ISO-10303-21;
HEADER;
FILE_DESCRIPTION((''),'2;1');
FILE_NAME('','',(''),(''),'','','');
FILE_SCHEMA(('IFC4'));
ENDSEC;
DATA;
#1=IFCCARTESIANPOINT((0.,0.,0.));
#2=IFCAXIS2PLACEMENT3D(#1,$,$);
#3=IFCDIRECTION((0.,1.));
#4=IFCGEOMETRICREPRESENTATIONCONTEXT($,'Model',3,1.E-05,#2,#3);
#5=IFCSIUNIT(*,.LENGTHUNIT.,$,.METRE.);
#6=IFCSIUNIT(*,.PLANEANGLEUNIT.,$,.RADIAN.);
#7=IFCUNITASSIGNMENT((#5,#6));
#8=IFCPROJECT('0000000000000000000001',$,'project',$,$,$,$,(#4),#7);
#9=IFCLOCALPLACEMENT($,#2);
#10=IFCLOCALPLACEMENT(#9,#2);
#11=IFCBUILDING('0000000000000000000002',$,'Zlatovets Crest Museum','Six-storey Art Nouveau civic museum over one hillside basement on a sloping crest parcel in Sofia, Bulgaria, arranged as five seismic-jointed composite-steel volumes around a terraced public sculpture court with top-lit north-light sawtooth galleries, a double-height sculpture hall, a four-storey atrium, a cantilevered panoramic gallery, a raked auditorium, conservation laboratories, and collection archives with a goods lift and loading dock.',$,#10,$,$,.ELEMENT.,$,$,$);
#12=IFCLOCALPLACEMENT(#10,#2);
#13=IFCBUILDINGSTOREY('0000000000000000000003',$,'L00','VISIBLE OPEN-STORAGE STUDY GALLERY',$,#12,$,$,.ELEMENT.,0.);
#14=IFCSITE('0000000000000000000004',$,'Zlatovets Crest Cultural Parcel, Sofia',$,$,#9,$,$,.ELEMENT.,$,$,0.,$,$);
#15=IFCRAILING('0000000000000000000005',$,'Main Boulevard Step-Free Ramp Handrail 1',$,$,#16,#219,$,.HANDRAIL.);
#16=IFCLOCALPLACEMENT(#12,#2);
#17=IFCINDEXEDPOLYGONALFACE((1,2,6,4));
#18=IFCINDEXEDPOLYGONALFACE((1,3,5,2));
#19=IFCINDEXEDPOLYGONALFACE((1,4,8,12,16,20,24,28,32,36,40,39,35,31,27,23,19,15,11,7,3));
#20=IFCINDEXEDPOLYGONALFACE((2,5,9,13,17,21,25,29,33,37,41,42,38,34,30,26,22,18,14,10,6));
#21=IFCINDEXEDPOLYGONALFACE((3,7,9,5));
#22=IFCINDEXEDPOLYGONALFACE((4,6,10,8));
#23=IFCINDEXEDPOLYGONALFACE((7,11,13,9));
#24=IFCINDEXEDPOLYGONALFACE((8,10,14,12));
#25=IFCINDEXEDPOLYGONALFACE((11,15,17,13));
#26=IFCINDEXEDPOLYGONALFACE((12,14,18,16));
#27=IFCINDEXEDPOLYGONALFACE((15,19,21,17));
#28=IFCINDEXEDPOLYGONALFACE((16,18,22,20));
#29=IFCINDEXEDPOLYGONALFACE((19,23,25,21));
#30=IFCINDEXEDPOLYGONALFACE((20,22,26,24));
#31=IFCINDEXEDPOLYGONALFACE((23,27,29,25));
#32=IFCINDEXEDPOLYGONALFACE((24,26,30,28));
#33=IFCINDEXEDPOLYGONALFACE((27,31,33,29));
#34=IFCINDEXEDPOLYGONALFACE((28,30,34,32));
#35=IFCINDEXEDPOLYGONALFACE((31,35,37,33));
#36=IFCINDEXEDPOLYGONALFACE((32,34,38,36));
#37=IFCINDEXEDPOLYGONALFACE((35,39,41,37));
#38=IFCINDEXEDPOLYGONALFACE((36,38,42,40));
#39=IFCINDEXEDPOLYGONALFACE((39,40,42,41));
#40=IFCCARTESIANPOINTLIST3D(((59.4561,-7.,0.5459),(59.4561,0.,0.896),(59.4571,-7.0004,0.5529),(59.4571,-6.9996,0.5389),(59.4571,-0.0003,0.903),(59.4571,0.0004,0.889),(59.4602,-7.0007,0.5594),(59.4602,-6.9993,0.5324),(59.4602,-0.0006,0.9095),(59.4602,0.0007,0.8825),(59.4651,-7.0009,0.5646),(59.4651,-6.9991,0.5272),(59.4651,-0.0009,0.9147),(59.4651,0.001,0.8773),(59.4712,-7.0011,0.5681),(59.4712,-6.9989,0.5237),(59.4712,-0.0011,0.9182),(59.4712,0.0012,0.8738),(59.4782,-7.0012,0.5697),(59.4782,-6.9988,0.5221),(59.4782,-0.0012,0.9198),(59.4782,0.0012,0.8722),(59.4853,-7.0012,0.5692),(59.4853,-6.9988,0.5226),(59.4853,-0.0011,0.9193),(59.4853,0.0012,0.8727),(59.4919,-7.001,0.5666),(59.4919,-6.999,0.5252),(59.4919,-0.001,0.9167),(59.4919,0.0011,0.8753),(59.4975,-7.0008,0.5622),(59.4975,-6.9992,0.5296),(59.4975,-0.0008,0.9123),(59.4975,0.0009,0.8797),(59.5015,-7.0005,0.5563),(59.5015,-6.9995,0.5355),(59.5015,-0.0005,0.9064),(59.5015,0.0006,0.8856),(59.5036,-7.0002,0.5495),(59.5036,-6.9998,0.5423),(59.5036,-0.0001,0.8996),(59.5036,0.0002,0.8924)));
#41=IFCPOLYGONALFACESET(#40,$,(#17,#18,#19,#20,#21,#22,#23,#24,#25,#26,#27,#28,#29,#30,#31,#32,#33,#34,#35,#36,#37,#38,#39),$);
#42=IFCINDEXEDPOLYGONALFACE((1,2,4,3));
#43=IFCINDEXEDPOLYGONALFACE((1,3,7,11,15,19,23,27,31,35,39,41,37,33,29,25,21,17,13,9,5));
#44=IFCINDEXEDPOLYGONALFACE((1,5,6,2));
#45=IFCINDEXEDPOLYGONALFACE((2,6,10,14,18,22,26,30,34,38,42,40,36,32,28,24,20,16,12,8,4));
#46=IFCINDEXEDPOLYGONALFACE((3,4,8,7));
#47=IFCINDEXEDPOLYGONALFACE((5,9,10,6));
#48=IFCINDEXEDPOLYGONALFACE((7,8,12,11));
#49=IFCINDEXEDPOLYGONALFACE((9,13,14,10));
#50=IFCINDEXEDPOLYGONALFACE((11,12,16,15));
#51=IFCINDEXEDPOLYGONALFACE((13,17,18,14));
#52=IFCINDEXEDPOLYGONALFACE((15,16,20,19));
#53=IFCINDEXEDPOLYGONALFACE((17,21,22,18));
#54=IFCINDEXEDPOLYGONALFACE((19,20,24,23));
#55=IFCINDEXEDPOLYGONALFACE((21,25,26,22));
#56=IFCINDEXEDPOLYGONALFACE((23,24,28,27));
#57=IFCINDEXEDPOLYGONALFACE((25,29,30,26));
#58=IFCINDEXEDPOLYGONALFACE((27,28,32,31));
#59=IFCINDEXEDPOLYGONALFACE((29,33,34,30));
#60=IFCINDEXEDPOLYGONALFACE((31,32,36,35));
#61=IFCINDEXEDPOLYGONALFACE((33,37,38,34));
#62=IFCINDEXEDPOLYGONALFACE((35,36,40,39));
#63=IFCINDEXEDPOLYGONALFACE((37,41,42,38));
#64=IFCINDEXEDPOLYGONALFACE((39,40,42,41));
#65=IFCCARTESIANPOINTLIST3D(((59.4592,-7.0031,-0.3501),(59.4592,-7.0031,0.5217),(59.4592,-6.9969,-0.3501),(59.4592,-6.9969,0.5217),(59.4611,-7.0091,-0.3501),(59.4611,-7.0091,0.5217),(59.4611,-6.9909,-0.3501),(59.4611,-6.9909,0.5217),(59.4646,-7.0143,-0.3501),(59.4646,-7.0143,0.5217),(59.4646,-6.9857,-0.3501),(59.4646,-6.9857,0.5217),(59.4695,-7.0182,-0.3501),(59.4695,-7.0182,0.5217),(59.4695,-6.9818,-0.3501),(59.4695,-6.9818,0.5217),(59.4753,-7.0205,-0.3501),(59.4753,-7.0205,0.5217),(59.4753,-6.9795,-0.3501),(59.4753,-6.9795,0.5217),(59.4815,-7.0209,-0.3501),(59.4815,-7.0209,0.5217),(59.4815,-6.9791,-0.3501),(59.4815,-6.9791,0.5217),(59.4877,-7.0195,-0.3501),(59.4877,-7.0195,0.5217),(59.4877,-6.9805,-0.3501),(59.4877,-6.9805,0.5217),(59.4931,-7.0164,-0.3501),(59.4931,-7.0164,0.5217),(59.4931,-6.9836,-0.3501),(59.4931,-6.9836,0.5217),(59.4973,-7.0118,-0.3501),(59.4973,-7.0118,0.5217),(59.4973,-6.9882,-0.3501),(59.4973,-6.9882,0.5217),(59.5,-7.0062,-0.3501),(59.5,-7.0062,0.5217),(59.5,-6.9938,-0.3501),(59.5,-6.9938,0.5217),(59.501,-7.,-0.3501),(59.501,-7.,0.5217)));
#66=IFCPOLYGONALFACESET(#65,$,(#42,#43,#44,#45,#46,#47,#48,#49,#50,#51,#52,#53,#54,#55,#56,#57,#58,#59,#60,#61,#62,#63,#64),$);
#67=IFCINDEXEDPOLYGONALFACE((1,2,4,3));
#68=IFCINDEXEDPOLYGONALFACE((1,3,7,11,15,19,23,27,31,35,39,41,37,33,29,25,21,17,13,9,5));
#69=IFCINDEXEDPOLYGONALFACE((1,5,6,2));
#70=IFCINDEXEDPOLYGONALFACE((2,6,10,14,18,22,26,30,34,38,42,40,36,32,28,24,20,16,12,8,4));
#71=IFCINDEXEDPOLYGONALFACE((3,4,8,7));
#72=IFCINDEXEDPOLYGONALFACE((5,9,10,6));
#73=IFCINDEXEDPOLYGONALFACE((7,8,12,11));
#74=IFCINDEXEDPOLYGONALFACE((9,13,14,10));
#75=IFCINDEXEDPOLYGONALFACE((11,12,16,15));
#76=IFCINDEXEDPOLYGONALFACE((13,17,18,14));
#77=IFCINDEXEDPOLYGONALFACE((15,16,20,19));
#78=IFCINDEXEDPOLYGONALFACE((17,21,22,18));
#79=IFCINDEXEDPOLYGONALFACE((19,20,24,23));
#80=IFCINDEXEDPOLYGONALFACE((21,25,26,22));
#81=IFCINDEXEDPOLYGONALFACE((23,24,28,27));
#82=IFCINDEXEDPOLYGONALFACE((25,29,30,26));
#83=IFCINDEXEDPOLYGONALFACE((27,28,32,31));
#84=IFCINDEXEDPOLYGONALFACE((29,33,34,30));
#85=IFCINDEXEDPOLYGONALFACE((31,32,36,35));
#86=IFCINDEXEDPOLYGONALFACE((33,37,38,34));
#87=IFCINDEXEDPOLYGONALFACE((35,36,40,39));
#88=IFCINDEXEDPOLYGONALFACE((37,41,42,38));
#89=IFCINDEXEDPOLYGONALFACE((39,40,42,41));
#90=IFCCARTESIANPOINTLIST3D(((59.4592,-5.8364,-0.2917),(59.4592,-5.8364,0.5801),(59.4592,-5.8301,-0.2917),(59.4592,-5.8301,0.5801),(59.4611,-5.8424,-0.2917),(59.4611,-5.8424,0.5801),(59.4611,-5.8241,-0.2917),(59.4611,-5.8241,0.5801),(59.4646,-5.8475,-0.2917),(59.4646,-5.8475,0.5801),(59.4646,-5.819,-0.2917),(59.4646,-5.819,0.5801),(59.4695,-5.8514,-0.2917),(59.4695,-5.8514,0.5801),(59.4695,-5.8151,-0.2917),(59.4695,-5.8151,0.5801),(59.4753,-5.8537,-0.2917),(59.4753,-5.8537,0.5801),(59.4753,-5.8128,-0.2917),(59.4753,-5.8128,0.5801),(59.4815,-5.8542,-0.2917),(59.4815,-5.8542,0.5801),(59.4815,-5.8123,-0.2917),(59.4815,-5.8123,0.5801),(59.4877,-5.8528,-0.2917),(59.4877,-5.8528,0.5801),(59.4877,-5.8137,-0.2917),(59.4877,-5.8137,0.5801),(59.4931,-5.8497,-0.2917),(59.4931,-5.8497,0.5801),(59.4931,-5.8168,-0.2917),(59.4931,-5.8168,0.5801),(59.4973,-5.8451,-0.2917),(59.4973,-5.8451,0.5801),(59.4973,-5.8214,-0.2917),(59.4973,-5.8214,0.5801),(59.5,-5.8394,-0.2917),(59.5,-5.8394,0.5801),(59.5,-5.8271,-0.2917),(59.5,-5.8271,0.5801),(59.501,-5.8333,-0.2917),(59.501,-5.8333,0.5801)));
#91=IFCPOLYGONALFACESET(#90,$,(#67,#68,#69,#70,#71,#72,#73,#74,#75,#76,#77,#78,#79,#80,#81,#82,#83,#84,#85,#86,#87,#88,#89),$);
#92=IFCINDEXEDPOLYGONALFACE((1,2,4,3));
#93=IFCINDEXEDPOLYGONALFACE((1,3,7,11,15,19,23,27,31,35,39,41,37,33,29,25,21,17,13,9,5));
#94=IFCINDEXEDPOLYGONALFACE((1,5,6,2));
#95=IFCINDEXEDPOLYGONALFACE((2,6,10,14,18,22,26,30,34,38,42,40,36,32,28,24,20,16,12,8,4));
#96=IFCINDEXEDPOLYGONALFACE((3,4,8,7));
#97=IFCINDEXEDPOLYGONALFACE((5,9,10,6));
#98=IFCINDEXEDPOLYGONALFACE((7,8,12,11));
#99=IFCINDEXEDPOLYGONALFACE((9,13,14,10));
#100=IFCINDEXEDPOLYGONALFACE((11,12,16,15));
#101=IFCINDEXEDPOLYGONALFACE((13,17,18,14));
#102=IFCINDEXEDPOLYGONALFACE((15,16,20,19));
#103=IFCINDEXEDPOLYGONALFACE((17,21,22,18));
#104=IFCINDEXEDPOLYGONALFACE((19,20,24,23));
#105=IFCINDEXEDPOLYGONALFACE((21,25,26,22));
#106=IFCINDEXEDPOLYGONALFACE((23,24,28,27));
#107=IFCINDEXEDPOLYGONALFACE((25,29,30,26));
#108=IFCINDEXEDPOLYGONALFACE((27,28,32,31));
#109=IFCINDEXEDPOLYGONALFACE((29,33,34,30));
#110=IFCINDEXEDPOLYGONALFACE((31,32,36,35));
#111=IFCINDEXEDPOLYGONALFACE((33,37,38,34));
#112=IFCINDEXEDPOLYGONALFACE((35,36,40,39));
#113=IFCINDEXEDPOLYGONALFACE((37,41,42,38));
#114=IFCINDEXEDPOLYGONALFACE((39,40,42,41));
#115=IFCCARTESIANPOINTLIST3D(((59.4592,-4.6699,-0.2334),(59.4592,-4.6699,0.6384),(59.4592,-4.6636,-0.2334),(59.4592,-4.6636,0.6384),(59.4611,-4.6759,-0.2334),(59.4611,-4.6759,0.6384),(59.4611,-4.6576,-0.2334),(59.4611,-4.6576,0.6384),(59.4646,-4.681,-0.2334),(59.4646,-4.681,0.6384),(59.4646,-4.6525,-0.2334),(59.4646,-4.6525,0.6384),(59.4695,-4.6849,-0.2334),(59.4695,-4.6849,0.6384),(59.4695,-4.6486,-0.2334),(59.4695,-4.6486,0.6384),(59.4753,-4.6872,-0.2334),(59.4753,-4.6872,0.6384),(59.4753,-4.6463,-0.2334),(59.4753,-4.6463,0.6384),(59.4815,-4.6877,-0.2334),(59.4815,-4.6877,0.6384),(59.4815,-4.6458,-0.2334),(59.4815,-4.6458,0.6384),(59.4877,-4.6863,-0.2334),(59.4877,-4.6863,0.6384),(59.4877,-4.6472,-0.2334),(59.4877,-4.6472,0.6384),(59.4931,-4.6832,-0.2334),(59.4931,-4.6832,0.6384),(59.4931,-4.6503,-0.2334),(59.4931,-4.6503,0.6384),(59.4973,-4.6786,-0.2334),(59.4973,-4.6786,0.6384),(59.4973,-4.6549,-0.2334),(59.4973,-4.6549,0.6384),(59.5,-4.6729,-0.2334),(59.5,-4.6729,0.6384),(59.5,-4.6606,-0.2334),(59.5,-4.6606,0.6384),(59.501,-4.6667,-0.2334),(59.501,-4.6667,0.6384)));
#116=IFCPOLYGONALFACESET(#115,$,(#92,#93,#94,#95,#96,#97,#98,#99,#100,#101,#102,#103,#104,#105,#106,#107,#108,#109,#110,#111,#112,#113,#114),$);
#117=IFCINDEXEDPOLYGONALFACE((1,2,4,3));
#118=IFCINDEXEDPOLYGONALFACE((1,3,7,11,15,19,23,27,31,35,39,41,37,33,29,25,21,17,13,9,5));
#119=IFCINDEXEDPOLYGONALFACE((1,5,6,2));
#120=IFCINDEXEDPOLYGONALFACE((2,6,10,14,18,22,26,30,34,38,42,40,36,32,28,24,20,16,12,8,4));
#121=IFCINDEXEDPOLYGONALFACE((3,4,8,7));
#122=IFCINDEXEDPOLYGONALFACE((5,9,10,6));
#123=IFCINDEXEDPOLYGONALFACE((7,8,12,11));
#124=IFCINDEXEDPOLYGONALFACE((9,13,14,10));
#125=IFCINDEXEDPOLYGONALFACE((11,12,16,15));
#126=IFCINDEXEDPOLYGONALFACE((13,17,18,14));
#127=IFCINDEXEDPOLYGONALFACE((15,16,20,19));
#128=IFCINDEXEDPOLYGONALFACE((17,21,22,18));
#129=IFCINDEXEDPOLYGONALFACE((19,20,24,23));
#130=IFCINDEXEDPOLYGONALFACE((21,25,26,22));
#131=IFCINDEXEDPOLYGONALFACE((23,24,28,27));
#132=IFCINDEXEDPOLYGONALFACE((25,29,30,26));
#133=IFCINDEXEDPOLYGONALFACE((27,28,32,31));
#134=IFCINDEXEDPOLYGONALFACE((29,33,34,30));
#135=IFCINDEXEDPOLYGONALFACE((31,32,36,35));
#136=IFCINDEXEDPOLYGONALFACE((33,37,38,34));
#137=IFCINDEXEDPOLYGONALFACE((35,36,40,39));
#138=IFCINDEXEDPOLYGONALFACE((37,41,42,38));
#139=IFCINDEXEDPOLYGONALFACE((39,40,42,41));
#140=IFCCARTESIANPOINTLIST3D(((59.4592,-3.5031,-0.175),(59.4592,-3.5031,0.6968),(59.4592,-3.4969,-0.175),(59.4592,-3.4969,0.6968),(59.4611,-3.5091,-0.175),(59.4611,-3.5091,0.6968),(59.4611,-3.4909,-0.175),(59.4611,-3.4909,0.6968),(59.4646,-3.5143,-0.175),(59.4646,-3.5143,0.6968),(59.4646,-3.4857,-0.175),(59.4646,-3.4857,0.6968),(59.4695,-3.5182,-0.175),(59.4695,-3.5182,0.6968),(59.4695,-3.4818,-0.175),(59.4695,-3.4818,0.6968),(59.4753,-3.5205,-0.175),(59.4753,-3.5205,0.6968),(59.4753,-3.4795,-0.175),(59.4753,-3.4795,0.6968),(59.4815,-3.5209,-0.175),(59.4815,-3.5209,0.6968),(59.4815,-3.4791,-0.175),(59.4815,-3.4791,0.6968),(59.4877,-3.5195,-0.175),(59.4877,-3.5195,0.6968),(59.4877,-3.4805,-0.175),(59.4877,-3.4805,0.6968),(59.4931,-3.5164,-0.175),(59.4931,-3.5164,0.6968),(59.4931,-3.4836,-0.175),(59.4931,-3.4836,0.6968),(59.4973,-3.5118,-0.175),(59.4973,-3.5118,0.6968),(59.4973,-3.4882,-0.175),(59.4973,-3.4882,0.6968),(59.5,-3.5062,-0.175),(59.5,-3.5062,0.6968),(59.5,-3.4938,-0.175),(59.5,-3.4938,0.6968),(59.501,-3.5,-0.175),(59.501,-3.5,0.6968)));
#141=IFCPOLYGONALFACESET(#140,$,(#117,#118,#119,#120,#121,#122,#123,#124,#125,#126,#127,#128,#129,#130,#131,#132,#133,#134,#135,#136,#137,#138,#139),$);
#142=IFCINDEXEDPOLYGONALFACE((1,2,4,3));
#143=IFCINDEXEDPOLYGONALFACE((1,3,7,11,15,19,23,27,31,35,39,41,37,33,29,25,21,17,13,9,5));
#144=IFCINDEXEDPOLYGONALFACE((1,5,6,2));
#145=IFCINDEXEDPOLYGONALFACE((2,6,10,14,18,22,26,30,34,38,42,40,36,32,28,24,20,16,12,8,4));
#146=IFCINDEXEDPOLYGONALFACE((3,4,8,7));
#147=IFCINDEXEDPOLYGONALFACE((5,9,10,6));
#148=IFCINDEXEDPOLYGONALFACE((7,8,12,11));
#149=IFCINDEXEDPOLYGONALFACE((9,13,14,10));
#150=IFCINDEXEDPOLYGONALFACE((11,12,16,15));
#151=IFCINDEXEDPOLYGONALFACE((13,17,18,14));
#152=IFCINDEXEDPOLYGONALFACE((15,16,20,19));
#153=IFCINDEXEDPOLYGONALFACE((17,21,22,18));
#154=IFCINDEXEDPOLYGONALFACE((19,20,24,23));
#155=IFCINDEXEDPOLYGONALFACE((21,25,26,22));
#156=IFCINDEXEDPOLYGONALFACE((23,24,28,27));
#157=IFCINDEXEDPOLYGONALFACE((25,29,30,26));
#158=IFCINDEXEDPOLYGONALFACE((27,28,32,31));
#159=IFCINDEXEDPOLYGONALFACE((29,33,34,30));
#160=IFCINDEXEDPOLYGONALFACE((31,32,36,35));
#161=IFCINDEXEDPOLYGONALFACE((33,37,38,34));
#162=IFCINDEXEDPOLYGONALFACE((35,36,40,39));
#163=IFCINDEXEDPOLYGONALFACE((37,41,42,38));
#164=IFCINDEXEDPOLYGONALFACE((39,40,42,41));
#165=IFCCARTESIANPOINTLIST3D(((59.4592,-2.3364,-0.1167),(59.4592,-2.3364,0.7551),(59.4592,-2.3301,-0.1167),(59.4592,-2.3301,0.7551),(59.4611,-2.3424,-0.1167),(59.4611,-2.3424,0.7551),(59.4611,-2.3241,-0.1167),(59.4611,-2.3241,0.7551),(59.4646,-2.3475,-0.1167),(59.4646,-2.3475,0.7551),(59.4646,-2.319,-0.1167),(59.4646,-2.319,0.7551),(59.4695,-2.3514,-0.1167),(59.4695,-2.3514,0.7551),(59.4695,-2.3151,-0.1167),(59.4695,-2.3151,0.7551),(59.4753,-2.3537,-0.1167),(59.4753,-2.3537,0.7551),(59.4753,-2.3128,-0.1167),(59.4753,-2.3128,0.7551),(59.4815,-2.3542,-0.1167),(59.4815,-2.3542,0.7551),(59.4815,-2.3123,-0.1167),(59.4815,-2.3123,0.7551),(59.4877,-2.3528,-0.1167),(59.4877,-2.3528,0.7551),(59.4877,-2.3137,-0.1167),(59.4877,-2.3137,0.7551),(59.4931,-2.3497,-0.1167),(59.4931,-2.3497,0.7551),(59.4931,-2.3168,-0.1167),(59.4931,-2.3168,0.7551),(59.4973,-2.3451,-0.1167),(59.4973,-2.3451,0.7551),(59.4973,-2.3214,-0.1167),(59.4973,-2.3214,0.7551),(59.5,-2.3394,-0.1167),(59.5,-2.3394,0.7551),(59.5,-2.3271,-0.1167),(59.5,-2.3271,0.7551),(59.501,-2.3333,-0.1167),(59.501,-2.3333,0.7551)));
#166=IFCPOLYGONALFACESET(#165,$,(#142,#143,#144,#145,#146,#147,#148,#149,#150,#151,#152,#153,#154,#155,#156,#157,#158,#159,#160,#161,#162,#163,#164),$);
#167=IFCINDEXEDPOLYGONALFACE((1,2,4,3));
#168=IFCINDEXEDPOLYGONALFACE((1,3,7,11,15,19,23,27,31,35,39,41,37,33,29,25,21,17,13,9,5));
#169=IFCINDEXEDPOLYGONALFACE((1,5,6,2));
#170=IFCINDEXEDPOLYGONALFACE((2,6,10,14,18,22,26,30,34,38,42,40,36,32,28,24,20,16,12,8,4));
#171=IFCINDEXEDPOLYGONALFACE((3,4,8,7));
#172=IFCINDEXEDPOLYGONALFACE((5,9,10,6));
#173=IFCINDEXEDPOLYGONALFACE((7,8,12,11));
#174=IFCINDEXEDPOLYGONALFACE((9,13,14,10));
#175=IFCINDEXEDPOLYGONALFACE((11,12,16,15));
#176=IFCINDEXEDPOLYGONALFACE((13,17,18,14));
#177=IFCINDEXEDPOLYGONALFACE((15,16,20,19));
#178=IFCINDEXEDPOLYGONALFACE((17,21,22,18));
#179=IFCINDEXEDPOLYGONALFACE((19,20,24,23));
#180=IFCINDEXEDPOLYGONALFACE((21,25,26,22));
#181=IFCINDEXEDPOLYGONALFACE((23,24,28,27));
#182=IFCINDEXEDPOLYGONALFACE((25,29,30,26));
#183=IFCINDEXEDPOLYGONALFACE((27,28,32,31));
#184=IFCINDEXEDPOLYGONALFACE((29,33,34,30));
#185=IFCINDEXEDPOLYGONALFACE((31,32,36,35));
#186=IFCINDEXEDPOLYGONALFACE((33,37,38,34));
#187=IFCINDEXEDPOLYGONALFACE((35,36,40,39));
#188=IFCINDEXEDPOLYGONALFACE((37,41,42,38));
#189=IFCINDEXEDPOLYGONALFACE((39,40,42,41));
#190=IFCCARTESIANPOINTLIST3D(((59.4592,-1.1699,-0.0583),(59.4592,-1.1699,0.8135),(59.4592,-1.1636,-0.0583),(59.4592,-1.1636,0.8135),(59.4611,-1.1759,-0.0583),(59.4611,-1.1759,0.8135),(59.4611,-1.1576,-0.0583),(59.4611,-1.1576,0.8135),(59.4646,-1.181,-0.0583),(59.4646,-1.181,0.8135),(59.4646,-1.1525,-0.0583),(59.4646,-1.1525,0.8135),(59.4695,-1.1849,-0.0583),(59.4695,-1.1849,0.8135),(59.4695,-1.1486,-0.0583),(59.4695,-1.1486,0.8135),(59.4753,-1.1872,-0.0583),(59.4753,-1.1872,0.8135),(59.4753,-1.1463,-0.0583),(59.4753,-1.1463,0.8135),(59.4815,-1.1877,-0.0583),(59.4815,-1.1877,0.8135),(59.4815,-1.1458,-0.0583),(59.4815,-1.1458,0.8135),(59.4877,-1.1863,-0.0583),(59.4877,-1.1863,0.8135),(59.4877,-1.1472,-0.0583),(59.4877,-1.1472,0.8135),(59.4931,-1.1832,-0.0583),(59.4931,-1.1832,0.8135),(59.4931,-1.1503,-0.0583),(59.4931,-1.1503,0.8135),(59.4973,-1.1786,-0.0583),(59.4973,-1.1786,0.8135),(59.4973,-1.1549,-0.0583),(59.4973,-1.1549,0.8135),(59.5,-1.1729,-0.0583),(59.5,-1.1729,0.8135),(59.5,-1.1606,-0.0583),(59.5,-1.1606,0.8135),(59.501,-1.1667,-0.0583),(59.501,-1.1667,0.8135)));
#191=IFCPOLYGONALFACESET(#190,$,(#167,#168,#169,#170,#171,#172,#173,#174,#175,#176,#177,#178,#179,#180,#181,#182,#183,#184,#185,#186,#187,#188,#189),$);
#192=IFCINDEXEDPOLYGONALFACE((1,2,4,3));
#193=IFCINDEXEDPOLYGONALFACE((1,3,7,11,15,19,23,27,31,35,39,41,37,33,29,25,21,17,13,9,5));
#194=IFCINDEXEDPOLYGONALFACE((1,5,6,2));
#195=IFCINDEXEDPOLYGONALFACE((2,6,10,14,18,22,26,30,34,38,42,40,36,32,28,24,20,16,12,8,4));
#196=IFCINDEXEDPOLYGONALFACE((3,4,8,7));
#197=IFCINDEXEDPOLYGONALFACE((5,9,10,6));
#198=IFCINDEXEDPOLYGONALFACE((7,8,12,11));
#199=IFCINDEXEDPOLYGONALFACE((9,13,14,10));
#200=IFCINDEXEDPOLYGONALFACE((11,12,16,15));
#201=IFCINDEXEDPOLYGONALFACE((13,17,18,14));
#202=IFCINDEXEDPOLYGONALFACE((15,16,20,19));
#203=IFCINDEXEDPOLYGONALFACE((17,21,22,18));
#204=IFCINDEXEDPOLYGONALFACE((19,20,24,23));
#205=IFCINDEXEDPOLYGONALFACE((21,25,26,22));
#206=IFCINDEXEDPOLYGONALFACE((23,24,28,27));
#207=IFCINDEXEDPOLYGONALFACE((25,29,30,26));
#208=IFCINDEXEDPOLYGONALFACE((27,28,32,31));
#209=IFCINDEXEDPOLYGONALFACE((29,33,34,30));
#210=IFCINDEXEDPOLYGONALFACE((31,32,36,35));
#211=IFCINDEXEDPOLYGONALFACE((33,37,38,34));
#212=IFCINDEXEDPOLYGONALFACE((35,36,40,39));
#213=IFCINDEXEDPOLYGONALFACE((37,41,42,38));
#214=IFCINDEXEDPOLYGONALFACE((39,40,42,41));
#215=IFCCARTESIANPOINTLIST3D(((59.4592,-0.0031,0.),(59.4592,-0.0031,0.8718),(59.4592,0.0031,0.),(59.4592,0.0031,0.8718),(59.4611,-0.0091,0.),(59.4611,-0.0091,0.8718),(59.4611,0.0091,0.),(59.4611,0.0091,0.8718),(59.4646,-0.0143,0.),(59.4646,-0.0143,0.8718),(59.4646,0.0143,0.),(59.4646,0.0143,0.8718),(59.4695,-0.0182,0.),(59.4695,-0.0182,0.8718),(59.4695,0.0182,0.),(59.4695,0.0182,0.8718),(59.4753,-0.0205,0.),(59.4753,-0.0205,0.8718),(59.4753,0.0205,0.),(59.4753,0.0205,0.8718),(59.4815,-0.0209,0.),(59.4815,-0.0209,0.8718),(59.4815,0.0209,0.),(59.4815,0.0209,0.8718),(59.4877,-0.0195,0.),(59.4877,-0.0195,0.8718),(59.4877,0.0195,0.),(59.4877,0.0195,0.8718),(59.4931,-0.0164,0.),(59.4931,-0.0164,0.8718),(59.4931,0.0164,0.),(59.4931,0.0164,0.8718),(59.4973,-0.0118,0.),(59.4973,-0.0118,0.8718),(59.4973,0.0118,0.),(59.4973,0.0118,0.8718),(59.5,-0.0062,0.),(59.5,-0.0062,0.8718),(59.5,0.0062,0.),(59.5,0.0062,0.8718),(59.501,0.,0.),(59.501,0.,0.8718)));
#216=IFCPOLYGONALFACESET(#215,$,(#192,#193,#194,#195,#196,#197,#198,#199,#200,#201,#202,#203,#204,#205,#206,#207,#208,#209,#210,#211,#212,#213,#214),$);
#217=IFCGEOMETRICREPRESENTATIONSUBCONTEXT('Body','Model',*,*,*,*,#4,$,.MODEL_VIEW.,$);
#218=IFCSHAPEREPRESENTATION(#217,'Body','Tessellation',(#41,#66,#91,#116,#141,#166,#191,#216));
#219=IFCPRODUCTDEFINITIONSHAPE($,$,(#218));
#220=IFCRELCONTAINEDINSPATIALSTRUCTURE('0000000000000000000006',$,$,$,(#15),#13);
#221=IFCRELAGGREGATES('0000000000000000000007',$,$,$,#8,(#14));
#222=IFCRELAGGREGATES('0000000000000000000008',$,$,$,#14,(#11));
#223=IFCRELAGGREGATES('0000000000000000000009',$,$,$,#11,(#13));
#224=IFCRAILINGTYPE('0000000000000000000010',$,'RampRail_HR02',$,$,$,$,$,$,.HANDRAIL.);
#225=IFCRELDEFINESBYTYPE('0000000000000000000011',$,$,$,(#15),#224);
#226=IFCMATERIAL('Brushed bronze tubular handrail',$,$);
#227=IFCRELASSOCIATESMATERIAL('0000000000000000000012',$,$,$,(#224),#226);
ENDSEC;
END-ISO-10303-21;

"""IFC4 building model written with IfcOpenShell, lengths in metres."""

from ifc_helpers import new_model, si_unit, direction, frame, origin, origin_2d, place, context, subcontext, project, spatial, circle, extrude, material, type_object, element, save


model = new_model("IFC4")

# Units and contexts
model_context = context("Model", 3, precision=1e-05, world=origin(), true_north=direction((0.0, 1.0)))
body_context = subcontext(model_context, "Body", "Model", "MODEL_VIEW")
ifc_project = project(units=[si_unit("LENGTHUNIT", "METRE"), si_unit("PLANEANGLEUNIT", "RADIAN")], contexts=[model_context])

# Site, building, storey
site_placement = place(None, origin())
site = spatial("IfcSite", under=ifc_project, at=site_placement, Name="Zlatovets Crest Cultural Parcel, Sofia", CompositionType="ELEMENT", RefElevation=0.0)
building_placement = place(site_placement, origin())
building = spatial("IfcBuilding", under=site, at=building_placement, Name="Zlatovets Crest Museum", Description="Six-storey Art Nouveau civic museum over one hillside basement on a sloping crest parcel in Sofia, Bulgaria, arranged as five seismic-jointed composite-steel volumes around a terraced public sculpture court with top-lit north-light sawtooth galleries, a double-height sculpture hall, a four-storey atrium, a cantilevered panoramic gallery, a raked auditorium, conservation laboratories, and collection archives with a goods lift and loading dock.", CompositionType="ELEMENT")
storey_placement = place(building_placement, origin())
storey = spatial("IfcBuildingStorey", under=building, at=storey_placement, Name="L00", Description="VISIBLE OPEN-STORAGE STUDY GALLERY", CompositionType="ELEMENT", Elevation=0.0)

# Railing
ifc_material_1 = material(Name="Brushed bronze tubular handrail")
railing_type = type_object("IfcRailingType", Name="RampRail_HR02", PredefinedType="HANDRAIL", material=ifc_material_1)
railing_placement = place(storey_placement, frame((59.48, -7.0, -0.3501)))
element("IfcRailing", 1, at=railing_placement, inside=storey, type_object=railing_type, Name="Main Boulevard Step-Free Ramp Handrail 1", PredefinedType="HANDRAIL", context=body_context, shape_type="SweptSolid", body=[
    extrude(circle(Radius=0.0239, at=origin_2d()), frame((0.0, 0.0, 0.896), z_axis=(0.0, 0.998752, 0.049952), x_axis=(-1.0, 0.0, 0.0)), (0.0, 0.0, 1.0), 7.0088),
    extrude(circle(Radius=0.021, at=origin_2d()), origin(), (0.0, 0.0, 1.0), 0.8718),
    extrude(circle(Radius=0.021, at=origin_2d()), frame((0.0, 1.1667, 0.0583)), (0.0, 0.0, 1.0), 0.8718),
    extrude(circle(Radius=0.021, at=origin_2d()), frame((0.0, 2.3333, 0.1167)), (0.0, 0.0, 1.0), 0.8718),
    extrude(circle(Radius=0.021, at=origin_2d()), frame((0.0, 3.5, 0.175)), (0.0, 0.0, 1.0), 0.8718),
    extrude(circle(Radius=0.021, at=origin_2d()), frame((0.0, 4.6667, 0.2334)), (0.0, 0.0, 1.0), 0.8718),
    extrude(circle(Radius=0.021, at=origin_2d()), frame((0.0, 5.8333, 0.2917)), (0.0, 0.0, 1.0), 0.8718),
    extrude(circle(Radius=0.021, at=origin_2d()), frame((0.0, 7.0, 0.3501)), (0.0, 0.0, 1.0), 0.8718),
])

save(model, "model.ifc")
